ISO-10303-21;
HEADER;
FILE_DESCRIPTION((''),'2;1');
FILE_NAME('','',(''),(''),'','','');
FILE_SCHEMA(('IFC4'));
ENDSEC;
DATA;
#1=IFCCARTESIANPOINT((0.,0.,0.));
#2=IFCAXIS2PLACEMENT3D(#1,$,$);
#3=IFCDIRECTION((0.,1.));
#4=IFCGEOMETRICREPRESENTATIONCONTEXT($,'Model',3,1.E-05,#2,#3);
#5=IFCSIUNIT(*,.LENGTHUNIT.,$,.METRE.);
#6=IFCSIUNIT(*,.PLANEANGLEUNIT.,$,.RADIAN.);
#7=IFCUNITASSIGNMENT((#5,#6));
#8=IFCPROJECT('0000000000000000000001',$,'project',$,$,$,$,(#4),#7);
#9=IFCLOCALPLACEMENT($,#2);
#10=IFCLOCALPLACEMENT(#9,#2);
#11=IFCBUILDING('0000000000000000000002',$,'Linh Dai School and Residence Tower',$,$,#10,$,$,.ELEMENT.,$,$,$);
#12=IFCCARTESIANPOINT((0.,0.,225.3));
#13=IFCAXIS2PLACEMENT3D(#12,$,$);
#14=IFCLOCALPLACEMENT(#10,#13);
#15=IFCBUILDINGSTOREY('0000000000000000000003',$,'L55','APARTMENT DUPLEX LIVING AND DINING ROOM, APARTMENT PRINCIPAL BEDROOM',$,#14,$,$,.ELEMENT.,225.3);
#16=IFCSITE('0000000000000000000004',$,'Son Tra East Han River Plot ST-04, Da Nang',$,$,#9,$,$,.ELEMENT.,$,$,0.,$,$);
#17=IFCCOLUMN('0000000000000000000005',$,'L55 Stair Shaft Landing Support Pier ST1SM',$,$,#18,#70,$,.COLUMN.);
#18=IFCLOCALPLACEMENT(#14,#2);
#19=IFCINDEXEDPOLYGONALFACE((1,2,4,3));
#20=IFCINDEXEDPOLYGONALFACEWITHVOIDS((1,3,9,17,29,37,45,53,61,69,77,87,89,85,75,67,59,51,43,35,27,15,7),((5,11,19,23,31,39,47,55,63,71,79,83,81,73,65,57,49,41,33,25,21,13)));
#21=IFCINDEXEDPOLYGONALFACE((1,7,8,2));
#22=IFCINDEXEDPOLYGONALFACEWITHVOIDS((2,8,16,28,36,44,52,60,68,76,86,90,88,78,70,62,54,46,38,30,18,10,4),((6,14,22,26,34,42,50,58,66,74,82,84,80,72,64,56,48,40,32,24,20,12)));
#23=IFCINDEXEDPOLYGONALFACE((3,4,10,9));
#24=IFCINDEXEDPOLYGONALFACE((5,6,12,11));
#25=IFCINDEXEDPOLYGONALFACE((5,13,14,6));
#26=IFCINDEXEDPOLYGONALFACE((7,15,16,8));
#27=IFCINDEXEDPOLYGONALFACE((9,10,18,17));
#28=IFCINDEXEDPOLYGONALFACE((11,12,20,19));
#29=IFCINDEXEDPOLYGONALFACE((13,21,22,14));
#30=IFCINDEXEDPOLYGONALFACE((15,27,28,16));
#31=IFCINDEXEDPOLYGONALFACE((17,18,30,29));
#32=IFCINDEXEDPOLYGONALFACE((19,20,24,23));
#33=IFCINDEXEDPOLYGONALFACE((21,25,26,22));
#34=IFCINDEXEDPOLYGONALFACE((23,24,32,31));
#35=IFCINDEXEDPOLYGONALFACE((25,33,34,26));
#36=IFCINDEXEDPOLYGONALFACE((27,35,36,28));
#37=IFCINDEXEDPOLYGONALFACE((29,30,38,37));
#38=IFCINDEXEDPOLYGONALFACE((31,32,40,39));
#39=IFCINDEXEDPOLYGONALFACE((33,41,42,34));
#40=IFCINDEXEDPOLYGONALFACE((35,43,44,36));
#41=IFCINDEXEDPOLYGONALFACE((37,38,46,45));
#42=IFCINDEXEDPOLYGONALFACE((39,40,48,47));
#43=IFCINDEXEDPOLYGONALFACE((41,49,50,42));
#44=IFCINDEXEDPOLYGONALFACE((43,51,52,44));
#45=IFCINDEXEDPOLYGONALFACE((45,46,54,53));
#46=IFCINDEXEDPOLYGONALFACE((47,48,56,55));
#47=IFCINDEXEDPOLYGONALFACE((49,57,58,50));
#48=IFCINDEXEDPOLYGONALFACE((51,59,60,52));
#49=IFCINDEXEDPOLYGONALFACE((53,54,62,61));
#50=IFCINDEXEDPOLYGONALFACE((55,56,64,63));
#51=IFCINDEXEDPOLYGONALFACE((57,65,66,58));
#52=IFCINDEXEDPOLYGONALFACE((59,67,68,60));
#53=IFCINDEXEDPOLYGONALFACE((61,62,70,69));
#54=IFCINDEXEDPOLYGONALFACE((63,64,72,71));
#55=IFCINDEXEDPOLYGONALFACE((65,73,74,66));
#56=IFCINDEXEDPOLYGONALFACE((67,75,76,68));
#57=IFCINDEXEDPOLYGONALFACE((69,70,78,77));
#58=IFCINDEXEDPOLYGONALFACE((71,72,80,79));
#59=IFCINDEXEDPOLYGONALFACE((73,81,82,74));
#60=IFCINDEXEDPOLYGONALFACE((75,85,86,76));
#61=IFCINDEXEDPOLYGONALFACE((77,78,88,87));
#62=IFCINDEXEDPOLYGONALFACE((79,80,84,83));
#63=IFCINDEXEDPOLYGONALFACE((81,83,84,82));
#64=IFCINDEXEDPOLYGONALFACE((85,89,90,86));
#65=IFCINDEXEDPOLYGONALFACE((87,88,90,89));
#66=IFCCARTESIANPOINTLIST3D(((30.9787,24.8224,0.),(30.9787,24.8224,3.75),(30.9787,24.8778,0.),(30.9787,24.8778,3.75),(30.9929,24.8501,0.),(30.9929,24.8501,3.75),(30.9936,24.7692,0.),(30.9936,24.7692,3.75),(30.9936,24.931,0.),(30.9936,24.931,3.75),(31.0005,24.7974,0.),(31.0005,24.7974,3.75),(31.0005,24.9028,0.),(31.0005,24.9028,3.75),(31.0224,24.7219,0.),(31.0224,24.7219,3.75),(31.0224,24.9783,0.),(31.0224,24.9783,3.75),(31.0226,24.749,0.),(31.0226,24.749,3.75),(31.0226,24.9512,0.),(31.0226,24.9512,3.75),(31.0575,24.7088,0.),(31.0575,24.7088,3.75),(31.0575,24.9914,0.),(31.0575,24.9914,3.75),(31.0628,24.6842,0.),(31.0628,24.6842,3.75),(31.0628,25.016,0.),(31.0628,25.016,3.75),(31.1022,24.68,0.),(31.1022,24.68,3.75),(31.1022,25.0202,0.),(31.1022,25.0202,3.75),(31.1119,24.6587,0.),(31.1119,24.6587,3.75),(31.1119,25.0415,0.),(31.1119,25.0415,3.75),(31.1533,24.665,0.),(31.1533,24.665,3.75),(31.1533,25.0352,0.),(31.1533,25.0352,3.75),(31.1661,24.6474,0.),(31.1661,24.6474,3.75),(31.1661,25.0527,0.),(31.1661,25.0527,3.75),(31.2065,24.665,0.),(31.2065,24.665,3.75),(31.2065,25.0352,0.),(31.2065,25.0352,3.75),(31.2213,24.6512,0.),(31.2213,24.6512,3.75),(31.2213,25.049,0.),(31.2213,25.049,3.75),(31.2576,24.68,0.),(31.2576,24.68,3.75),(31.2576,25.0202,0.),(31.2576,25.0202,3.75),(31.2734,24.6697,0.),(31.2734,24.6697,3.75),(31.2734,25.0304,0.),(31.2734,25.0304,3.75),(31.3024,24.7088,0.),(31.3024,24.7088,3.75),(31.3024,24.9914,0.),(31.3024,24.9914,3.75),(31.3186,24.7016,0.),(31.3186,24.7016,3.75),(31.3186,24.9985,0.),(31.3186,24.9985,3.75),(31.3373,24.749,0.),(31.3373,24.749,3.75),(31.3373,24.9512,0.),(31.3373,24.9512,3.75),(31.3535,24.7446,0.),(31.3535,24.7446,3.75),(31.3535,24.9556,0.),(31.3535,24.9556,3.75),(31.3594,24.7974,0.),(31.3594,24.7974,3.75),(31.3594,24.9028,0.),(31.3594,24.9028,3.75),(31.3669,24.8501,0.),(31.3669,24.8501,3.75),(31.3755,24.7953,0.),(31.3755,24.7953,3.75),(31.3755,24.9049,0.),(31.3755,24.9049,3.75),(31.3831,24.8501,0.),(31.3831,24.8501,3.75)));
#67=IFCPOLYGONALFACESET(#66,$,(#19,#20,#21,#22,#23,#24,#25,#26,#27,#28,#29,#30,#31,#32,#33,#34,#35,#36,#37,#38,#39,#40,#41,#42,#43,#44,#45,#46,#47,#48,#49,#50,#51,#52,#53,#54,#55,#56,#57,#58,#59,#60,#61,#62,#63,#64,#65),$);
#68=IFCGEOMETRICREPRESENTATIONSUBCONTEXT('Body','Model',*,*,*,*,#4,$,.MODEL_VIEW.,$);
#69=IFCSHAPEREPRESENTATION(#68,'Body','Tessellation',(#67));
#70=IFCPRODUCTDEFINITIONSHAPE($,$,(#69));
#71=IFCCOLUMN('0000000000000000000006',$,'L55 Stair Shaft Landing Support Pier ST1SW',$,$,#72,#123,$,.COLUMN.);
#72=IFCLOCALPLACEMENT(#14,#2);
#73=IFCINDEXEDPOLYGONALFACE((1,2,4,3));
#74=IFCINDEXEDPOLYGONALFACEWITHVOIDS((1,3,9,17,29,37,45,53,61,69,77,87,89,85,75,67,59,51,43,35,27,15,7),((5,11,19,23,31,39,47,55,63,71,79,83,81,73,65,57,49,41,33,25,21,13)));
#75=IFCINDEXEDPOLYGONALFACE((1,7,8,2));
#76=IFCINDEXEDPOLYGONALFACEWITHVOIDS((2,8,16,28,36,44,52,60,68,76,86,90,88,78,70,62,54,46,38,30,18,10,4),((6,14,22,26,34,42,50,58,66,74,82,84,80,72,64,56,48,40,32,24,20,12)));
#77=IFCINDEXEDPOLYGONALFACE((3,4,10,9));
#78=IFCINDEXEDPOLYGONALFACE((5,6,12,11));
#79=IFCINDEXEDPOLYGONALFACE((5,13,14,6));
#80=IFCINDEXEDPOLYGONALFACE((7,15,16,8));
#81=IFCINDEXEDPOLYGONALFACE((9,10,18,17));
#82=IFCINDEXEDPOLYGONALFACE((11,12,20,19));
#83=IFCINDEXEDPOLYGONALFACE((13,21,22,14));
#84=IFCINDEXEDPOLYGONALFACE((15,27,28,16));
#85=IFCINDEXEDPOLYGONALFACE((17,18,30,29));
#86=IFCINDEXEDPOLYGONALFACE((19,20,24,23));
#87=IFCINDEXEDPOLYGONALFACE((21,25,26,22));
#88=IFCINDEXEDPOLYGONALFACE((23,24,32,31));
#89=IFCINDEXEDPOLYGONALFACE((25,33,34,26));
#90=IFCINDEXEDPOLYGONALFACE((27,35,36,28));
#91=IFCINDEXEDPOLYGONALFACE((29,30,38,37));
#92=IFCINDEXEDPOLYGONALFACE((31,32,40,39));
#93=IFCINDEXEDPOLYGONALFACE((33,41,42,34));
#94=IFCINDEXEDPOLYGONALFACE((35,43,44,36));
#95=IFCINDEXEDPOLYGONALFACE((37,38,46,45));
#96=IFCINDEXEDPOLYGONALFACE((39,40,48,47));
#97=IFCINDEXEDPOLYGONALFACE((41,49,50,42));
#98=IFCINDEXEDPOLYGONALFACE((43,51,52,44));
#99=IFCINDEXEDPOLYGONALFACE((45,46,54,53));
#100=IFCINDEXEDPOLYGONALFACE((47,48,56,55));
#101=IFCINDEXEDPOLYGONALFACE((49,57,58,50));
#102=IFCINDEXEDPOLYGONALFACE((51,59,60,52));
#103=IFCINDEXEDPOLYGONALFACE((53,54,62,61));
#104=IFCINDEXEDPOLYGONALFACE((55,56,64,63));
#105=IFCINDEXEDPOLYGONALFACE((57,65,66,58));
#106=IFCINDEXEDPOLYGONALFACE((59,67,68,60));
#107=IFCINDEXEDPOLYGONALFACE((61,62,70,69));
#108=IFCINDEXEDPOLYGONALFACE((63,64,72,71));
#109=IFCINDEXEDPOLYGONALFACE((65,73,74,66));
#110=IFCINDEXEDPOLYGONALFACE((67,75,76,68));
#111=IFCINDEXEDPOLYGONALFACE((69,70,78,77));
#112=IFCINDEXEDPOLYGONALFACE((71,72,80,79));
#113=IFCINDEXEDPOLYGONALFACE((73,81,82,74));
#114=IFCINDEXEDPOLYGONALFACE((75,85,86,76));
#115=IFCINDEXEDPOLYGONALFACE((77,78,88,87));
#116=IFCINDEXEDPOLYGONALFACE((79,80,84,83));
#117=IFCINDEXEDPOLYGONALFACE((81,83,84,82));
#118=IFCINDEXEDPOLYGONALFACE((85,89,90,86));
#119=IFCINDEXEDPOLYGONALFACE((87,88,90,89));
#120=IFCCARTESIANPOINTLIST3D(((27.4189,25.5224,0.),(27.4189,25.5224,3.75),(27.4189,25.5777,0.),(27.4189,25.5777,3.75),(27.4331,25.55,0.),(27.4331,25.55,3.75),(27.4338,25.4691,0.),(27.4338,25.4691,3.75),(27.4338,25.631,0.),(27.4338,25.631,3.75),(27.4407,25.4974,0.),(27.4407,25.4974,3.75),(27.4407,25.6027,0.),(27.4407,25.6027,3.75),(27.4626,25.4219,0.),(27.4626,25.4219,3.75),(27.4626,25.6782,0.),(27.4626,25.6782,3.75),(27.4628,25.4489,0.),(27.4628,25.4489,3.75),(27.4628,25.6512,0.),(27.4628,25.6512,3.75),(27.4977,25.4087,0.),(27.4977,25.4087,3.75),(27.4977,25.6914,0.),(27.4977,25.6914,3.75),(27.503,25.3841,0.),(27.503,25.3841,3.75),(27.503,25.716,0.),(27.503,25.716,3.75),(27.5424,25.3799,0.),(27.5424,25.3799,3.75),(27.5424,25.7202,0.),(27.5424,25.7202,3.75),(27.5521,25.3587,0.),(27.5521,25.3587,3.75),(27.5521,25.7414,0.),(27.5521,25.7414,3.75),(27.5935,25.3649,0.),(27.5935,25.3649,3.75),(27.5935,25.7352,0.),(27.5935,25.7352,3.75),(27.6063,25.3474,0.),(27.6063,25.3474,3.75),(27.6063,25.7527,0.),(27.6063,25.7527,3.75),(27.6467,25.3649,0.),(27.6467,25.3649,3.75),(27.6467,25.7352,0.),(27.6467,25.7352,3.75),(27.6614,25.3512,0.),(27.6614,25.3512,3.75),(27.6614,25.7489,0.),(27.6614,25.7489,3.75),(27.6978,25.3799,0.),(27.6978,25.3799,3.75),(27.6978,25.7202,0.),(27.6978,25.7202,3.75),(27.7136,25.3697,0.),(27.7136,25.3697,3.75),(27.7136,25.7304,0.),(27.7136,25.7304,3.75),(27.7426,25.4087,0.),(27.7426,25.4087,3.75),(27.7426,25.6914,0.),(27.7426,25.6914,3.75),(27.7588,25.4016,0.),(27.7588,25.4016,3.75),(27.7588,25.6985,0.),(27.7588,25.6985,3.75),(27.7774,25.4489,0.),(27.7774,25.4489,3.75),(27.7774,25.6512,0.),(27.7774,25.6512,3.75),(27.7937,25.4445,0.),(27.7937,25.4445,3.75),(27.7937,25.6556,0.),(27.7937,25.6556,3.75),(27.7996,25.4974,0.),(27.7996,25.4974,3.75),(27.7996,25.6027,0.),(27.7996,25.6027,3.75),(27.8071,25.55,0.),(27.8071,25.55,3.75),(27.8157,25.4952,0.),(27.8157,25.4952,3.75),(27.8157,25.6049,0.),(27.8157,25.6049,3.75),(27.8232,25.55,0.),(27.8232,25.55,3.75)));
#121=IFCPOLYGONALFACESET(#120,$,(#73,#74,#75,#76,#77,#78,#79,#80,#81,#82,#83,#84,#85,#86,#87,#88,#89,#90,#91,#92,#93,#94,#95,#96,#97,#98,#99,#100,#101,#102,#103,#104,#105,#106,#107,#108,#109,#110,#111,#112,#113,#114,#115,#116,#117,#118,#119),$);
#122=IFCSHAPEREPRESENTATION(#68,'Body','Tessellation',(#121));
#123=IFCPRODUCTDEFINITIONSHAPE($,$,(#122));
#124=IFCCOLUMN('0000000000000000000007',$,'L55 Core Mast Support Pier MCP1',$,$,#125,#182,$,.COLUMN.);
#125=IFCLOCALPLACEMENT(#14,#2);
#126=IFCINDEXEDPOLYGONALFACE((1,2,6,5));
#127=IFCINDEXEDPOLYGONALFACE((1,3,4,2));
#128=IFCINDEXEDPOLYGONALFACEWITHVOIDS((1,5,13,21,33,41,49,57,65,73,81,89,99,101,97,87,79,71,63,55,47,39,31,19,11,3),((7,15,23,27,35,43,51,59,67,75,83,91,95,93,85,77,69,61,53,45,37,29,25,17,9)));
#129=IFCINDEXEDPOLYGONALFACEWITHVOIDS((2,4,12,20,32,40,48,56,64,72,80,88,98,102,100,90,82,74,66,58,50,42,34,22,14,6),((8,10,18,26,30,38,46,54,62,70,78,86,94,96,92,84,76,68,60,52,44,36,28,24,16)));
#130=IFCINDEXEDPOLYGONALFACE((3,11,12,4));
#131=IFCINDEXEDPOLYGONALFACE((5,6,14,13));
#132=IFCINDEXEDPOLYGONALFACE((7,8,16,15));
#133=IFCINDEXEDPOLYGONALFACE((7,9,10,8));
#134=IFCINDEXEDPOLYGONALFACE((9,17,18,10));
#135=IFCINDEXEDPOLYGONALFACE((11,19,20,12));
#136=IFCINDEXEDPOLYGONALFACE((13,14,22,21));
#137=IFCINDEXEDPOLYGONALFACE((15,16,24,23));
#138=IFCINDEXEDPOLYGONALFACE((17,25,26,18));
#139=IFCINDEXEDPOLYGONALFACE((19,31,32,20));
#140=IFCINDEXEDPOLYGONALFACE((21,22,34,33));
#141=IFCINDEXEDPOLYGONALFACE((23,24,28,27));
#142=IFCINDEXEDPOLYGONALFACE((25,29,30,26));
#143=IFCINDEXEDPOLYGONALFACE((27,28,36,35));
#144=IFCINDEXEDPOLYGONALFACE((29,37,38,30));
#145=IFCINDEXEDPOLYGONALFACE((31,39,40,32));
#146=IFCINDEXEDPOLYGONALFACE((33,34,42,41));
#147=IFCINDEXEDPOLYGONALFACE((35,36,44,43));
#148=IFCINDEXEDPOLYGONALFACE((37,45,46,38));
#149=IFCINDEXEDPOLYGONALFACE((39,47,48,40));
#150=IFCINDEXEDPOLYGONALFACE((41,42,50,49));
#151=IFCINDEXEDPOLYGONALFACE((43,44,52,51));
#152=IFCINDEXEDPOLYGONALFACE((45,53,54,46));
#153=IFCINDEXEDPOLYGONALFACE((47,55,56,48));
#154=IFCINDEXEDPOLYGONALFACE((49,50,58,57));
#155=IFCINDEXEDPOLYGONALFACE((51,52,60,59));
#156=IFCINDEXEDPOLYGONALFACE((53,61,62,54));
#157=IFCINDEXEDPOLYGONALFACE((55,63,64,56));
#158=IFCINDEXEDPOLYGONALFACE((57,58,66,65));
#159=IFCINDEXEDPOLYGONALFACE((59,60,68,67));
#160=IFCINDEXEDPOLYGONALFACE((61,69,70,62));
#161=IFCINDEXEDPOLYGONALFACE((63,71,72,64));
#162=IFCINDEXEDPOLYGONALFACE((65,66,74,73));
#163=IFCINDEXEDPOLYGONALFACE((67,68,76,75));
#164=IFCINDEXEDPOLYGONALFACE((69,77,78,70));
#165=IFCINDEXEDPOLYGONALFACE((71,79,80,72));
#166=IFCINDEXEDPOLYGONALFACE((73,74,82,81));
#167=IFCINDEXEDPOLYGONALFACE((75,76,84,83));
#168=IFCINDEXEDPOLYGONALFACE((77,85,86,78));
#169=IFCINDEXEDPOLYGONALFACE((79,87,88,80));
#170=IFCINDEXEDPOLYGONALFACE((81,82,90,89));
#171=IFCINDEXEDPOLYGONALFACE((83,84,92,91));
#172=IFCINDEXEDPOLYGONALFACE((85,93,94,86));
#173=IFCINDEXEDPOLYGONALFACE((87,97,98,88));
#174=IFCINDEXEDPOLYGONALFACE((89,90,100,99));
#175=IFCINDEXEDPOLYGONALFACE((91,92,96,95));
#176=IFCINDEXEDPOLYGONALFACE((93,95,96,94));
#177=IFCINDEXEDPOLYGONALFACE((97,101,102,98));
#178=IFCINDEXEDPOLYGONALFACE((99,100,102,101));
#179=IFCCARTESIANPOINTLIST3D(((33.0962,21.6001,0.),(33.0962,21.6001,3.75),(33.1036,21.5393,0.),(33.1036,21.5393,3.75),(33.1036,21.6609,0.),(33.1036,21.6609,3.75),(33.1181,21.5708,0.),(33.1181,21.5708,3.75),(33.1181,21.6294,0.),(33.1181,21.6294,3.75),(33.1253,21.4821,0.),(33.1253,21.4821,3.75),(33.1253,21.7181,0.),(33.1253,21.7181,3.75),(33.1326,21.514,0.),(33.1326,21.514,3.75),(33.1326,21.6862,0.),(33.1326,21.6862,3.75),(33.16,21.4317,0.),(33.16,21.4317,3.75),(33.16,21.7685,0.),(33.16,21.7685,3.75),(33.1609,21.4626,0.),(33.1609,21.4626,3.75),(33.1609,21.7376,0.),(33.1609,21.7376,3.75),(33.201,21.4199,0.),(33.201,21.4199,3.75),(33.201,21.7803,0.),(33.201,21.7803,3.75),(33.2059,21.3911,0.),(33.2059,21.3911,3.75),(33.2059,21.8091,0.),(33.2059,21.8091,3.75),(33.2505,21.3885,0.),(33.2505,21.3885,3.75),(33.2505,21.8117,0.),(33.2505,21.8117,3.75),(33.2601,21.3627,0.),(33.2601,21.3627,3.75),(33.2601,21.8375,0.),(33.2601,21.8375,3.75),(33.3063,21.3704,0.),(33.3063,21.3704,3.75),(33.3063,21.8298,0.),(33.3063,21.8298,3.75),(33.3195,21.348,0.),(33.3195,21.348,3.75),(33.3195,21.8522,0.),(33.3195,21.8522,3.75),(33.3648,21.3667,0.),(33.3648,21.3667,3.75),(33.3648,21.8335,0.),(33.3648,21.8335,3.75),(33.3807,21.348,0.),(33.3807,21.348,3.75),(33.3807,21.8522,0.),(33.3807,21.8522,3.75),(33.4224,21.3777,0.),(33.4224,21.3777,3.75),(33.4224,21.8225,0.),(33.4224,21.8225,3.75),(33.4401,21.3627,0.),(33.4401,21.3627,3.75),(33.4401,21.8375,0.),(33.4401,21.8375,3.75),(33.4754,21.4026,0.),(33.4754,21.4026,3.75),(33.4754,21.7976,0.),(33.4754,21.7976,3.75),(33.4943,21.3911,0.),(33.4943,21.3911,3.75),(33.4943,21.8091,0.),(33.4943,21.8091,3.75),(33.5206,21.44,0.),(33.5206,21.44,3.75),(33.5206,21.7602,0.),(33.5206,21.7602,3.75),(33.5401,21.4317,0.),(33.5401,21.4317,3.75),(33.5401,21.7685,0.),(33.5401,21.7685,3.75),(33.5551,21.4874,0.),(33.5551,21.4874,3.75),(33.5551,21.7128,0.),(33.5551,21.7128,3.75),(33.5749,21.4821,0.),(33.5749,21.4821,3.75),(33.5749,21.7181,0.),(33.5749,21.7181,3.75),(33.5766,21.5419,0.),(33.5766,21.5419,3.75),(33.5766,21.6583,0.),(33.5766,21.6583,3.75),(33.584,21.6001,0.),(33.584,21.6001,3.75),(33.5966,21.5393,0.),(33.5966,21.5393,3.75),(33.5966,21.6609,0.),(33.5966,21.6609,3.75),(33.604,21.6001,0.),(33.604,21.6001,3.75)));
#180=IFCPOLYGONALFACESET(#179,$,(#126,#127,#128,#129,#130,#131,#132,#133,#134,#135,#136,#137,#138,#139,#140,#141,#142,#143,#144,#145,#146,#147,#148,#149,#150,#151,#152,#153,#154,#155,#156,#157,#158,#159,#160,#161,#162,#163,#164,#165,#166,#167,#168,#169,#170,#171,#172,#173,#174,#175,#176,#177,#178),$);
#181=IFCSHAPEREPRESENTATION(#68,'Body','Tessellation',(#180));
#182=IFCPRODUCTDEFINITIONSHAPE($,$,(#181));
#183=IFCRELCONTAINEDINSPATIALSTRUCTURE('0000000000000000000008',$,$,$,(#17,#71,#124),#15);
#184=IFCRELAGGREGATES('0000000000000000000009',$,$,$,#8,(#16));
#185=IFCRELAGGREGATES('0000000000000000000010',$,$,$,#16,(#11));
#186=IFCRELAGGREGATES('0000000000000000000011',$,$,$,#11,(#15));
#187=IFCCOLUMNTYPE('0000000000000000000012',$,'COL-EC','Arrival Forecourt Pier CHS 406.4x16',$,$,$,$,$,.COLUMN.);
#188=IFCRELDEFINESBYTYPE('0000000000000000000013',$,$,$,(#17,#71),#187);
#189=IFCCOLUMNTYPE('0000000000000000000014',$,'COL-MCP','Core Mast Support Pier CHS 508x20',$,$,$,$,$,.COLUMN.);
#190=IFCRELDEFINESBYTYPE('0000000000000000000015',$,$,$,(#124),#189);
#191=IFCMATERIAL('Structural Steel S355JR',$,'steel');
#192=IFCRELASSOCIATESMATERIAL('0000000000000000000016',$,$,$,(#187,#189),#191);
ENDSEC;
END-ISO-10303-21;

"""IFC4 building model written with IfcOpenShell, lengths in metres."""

from ifc_helpers import new_model, si_unit, direction, frame, origin, origin_2d, place, context, subcontext, project, spatial, hollow_circle, extrude, material, material_profile, profile_set, type_object, element, save


model = new_model("IFC4")

# Units and contexts
model_context = context("Model", 3, precision=1e-05, world=origin(), true_north=direction((0.0, 1.0)))
body_context = subcontext(model_context, "Body", "Model", "MODEL_VIEW")
ifc_project = project(units=[si_unit("LENGTHUNIT", "METRE"), si_unit("PLANEANGLEUNIT", "RADIAN")], contexts=[model_context])

# Site, building, storey
site_placement = place(None, origin())
site = spatial("IfcSite", under=ifc_project, at=site_placement, Name="Son Tra East Han River Plot ST-04, Da Nang", CompositionType="ELEMENT", RefElevation=0.0)
building_placement = place(site_placement, origin())
building = spatial("IfcBuilding", under=site, at=building_placement, Name="Linh Dai School and Residence Tower", CompositionType="ELEMENT")
storey_placement = place(building_placement, frame((0.0, 0.0, 225.3)))
storey = spatial("IfcBuildingStorey", under=building, at=storey_placement, Name="L55", Description="APARTMENT DUPLEX LIVING AND DINING ROOM, APARTMENT PRINCIPAL BEDROOM", CompositionType="ELEMENT", Elevation=225.3)

# Columns
ifc_material_1 = material(Name="Structural Steel S355JR", Category="steel")
ifc_material_profile_1 = material_profile(ifc_material_1, hollow_circle(Radius=0.2031, WallThickness=0.0161, at=origin_2d()), Name="CHS 406.4x16")
ifc_profile_set_1 = profile_set([ifc_material_profile_1], Name="Structural Steel S355JR")
column_type_1 = type_object("IfcColumnType", Name="COL-EC", Description="Arrival Forecourt Pier CHS 406.4x16", PredefinedType="COLUMN", material=ifc_profile_set_1)
for number, where, z_axis, x_axis, name in (
    (1, (31.1799, 24.8501, 0.0), (0.0, 0.0, 1.0), (1.0, 0.0, 0.0), "L55 Stair Shaft Landing Support Pier ST1SM"),
    (2, (27.6201, 25.55, 0.0), (0.0, 0.0, 1.0), (1.0, 0.0, 0.0), "L55 Stair Shaft Landing Support Pier ST1SW"),
):
    element("IfcColumn", number, at=place(storey_placement, frame(where, z_axis=z_axis, x_axis=x_axis)), inside=storey, type_object=column_type_1, Name=name, PredefinedType="COLUMN", context=body_context, shape_type="SweptSolid", body=[
        extrude(hollow_circle(Radius=0.2031, WallThickness=0.0161, at=origin_2d()), origin(), (0.0, 0.0, 1.0), 3.75),
    ])
ifc_material_profile_2 = material_profile(ifc_material_1, hollow_circle(Radius=0.2539, WallThickness=0.02, at=origin_2d()), Name="CHS 508x20")
ifc_profile_set_2 = profile_set([ifc_material_profile_2], Name="Structural Steel S355JR")
column_type_2 = type_object("IfcColumnType", Name="COL-MCP", Description="Core Mast Support Pier CHS 508x20", PredefinedType="COLUMN", material=ifc_profile_set_2)
column_placement = place(storey_placement, frame((33.3501, 21.6001, 0.0), z_axis=(0.0, 0.0, 1.0), x_axis=(1.0, 0.0, 0.0)))
element("IfcColumn", 3, at=column_placement, inside=storey, type_object=column_type_2, Name="L55 Core Mast Support Pier MCP1", PredefinedType="COLUMN", context=body_context, shape_type="SweptSolid", body=[
    extrude(hollow_circle(Radius=0.2539, WallThickness=0.02, at=origin_2d()), origin(), (0.0, 0.0, 1.0), 3.75),
])

save(model, "model.ifc")
